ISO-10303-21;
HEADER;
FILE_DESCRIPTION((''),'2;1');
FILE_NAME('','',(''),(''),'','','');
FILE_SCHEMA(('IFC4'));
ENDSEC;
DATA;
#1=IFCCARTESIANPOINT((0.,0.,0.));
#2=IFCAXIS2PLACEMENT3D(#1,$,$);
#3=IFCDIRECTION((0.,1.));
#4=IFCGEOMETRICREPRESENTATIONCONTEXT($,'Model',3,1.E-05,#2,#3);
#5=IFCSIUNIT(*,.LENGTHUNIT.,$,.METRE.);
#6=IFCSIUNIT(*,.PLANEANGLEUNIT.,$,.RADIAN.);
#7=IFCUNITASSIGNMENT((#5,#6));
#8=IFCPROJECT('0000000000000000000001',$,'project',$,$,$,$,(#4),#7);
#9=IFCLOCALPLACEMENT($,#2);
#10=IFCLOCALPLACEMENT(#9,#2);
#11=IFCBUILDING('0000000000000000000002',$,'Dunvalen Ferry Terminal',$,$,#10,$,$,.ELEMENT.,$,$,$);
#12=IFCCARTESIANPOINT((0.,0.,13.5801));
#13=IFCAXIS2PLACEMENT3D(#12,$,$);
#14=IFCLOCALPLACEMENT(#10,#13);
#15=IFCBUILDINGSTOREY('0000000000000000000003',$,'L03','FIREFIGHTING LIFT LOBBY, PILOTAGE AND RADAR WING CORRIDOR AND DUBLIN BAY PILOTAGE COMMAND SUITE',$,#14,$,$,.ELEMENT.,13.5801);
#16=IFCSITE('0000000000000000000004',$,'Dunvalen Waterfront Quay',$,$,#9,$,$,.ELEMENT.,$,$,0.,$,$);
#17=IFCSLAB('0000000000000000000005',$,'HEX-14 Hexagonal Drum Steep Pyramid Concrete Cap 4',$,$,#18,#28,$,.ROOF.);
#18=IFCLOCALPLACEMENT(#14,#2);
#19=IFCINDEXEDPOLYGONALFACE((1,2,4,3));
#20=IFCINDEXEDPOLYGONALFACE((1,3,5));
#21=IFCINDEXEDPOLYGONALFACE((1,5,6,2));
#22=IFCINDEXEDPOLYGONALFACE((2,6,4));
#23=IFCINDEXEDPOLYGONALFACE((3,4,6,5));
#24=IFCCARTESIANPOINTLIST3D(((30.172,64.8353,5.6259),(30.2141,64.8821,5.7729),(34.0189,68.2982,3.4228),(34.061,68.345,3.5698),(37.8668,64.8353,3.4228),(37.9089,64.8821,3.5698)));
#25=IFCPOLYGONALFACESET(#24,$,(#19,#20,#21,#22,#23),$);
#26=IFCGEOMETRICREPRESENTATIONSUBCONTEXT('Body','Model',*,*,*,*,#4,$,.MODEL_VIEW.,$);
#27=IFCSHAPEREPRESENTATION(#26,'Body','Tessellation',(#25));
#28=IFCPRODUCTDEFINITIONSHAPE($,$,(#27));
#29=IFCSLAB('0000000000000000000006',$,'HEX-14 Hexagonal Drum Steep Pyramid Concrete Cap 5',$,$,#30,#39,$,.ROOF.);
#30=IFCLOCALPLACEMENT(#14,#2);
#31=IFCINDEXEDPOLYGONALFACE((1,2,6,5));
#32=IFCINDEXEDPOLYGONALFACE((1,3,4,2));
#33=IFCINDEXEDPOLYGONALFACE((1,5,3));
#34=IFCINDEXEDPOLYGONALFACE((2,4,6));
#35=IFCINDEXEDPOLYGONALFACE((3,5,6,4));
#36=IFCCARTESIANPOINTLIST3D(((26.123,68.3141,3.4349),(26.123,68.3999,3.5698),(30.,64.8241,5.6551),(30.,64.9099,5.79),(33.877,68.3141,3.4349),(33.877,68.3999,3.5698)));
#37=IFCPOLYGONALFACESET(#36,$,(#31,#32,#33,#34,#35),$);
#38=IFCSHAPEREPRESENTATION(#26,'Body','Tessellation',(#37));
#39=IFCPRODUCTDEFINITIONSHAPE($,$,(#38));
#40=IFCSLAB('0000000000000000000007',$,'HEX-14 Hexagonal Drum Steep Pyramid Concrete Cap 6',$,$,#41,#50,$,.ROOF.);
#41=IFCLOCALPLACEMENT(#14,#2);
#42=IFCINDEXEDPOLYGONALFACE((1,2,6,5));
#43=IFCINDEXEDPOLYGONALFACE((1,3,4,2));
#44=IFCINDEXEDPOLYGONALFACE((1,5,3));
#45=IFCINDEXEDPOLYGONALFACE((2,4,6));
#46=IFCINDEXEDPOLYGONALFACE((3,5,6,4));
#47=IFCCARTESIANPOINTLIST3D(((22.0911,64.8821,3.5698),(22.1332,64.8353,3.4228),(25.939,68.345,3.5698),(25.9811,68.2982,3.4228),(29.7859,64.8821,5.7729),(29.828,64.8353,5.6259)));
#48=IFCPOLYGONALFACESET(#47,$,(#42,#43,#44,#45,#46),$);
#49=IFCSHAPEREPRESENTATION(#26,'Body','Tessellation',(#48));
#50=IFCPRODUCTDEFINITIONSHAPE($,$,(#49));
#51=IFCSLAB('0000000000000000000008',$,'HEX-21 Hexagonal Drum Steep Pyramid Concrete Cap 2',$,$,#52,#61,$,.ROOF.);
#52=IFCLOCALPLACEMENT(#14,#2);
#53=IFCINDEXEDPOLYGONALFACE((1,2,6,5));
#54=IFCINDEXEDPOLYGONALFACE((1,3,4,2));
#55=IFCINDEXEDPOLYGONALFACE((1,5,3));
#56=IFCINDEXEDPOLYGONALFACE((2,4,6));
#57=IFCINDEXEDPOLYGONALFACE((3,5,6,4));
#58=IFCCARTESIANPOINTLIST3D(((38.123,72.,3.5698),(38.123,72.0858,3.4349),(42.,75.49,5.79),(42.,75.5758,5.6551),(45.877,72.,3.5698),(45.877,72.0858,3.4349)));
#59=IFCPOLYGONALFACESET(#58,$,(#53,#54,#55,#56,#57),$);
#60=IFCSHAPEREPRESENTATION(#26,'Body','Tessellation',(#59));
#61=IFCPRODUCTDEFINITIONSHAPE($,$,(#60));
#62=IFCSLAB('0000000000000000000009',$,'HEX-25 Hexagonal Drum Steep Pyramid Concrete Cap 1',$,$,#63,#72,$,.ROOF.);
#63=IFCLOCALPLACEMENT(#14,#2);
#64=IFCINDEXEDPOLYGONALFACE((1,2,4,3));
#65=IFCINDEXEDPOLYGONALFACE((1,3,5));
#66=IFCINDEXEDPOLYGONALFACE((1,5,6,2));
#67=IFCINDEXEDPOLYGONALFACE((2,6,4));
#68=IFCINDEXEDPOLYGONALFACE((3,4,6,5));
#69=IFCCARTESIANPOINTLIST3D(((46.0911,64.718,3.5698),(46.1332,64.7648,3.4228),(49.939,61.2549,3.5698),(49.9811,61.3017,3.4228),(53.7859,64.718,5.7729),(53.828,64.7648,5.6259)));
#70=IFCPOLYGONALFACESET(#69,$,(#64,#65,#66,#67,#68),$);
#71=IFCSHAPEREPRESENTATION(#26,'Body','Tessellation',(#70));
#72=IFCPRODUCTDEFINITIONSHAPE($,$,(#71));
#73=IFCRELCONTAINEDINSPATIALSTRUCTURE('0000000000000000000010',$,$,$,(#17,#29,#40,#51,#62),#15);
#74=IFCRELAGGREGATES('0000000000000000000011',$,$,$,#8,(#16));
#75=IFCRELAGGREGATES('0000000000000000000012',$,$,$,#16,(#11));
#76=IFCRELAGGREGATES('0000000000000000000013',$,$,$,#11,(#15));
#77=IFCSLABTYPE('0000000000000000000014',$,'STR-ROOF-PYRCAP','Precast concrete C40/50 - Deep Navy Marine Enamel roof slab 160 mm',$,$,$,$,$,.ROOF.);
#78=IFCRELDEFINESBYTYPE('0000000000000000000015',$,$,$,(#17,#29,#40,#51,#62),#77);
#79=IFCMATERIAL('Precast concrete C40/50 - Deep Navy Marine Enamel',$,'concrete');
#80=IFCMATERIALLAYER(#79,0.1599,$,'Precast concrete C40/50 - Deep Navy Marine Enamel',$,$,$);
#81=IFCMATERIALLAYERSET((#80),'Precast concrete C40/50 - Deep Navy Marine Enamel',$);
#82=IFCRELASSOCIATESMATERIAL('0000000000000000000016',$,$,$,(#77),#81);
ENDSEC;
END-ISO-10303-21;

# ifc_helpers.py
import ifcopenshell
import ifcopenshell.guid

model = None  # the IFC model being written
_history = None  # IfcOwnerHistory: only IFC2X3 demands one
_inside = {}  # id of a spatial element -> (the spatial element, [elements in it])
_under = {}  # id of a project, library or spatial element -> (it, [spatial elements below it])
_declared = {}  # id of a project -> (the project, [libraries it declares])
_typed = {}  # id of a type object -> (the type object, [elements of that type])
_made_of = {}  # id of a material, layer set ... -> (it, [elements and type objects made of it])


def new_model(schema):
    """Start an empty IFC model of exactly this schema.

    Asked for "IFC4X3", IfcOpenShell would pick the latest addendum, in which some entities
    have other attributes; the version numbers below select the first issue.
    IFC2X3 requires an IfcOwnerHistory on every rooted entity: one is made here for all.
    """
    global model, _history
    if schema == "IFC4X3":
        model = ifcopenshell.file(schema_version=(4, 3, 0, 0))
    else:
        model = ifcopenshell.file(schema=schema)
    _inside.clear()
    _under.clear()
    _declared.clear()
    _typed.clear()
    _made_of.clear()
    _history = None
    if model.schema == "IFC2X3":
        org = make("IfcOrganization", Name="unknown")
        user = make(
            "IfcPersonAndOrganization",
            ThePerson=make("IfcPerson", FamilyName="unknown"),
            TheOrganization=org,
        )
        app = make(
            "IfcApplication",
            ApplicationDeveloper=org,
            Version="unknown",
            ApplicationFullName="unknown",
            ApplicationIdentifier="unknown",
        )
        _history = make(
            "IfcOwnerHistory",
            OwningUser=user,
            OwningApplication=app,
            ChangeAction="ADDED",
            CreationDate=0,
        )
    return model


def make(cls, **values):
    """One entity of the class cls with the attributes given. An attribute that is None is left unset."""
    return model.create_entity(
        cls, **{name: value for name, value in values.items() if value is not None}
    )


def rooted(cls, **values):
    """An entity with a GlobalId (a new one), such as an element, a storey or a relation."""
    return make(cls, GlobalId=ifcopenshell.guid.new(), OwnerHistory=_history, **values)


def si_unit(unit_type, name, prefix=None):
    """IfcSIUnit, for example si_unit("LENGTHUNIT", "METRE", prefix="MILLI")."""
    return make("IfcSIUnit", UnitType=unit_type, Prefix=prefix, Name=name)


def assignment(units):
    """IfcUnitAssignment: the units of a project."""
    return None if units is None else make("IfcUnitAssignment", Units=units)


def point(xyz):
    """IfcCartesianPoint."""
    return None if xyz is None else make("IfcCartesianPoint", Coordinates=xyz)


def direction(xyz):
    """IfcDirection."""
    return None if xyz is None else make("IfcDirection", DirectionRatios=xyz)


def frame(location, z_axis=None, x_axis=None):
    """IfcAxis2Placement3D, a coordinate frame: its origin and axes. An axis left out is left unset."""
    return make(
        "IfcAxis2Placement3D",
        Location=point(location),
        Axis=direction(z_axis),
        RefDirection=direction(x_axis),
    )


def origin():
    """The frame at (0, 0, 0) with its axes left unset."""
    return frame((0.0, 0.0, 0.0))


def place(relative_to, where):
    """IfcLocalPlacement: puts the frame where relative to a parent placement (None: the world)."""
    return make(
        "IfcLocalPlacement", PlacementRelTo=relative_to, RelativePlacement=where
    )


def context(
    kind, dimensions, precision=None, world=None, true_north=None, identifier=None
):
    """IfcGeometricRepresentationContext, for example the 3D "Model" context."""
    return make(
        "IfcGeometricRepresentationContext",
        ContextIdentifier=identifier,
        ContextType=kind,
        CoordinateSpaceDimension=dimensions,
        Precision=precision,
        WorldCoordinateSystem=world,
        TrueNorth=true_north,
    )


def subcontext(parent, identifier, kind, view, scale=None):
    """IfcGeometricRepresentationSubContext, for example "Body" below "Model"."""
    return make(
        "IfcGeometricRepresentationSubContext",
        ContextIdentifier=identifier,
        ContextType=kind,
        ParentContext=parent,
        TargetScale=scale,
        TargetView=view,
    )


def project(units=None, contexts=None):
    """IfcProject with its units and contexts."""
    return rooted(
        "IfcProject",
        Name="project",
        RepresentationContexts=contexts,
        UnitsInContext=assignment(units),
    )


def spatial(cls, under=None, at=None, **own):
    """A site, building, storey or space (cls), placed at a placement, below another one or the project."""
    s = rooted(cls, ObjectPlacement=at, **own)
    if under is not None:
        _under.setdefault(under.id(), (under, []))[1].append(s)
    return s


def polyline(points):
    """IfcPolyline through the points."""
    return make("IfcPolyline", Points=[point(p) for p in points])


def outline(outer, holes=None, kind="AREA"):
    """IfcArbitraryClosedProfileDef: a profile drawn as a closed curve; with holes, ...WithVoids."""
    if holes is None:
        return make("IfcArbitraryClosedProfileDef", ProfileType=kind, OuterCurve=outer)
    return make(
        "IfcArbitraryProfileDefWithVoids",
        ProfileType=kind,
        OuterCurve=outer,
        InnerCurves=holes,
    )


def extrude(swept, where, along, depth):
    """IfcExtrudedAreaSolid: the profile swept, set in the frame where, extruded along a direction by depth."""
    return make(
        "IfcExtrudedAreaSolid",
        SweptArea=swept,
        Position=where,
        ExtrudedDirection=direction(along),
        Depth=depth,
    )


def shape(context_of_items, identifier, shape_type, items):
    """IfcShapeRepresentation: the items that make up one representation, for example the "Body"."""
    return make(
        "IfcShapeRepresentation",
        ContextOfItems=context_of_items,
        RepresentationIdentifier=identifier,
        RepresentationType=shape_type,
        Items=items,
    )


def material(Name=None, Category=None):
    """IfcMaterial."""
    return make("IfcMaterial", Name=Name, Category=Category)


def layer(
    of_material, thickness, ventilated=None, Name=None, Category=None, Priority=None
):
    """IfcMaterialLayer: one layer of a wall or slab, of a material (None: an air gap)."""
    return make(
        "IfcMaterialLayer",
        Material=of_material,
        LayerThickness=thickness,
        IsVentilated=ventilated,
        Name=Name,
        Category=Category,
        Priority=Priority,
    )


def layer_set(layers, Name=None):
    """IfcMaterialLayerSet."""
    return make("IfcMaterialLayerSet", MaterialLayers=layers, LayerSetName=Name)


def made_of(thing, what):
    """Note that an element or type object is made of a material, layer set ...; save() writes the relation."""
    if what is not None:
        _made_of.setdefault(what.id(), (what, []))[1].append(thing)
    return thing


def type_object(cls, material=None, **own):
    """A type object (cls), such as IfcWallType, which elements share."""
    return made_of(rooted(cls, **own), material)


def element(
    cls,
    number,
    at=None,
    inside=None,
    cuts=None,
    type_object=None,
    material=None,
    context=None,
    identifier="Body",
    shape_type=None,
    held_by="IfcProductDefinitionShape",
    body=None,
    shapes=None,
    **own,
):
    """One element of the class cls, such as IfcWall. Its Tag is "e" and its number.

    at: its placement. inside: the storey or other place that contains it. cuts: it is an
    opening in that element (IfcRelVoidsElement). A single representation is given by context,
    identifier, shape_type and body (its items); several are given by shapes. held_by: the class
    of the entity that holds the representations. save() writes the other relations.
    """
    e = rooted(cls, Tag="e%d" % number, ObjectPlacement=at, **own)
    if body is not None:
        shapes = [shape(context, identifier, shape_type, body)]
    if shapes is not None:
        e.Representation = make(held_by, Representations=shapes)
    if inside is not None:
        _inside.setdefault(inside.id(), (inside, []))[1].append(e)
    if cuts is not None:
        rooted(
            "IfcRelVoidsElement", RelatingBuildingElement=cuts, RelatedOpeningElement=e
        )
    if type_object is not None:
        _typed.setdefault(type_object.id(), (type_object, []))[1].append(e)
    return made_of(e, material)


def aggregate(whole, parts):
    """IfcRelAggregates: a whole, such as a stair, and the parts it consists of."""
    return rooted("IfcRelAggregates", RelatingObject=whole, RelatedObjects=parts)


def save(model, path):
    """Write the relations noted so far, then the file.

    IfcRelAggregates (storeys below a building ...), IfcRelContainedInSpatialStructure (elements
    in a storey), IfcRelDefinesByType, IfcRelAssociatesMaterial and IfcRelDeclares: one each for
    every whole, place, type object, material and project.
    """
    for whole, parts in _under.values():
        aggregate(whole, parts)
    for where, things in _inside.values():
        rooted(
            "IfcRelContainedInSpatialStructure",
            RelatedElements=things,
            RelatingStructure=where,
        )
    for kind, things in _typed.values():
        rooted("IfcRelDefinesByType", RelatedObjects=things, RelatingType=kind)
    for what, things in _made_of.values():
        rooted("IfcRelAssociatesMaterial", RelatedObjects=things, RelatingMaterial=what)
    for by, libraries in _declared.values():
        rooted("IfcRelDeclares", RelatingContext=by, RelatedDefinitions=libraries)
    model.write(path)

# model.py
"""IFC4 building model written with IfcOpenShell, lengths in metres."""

from ifc_helpers import new_model, si_unit, direction, frame, origin, place, context, subcontext, project, spatial, polyline, outline, extrude, material, layer, layer_set, type_object, element, save


model = new_model("IFC4")

# Units and contexts
model_context = context("Model", 3, precision=1e-05, world=origin(), true_north=direction((0.0, 1.0)))
body_context = subcontext(model_context, "Body", "Model", "MODEL_VIEW")
ifc_project = project(units=[si_unit("LENGTHUNIT", "METRE"), si_unit("PLANEANGLEUNIT", "RADIAN")], contexts=[model_context])

# Site, building, storey
site_placement = place(None, origin())
site = spatial("IfcSite", under=ifc_project, at=site_placement, Name="Dunvalen Waterfront Quay", CompositionType="ELEMENT", RefElevation=0.0)
building_placement = place(site_placement, origin())
building = spatial("IfcBuilding", under=site, at=building_placement, Name="Dunvalen Ferry Terminal", CompositionType="ELEMENT")
storey_placement = place(building_placement, frame((0.0, 0.0, 13.5801)))
storey = spatial("IfcBuildingStorey", under=building, at=storey_placement, Name="L03", Description="FIREFIGHTING LIFT LOBBY, PILOTAGE AND RADAR WING CORRIDOR AND DUBLIN BAY PILOTAGE COMMAND SUITE", CompositionType="ELEMENT", Elevation=13.5801)

# Slabs
ifc_material_1 = material(Name="Precast concrete C40/50 - Deep Navy Marine Enamel", Category="concrete")
ifc_layer = layer(ifc_material_1, 0.1599, Name="Precast concrete C40/50 - Deep Navy Marine Enamel")
ifc_layer_set = layer_set([ifc_layer], Name="Precast concrete C40/50 - Deep Navy Marine Enamel")
slab_type = type_object("IfcSlabType", Name="STR-ROOF-PYRCAP", Description="Precast concrete C40/50 - Deep Navy Marine Enamel roof slab 160 mm", PredefinedType="ROOF", material=ifc_layer_set)
slab_1_placement = place(storey_placement, frame((37.9089, 64.8821, 3.5698), z_axis=(0.263216, 0.292481, 0.919332), x_axis=(-0.743315, 0.668941, 0.0)))
element("IfcSlab", 1, at=slab_1_placement, inside=storey, type_object=slab_type, Name="HEX-14 Hexagonal Drum Steep Pyramid Concrete Cap 4", PredefinedType="ROOF", context=body_context, shape_type="SweptSolid", body=[
    extrude(outline(polyline([(0.0, 0.0), (5.1767, 0.0), (5.7197, 5.599), (0.0, 0.0)])), origin(), (0.0, 0.0, -1.0), 0.1599),
])
slab_2_placement = place(storey_placement, frame((33.877, 68.3999, 3.5698), z_axis=(0.0, 0.536757, 0.843737), x_axis=(-1.0, 0.0, 0.0)))
element("IfcSlab", 2, at=slab_2_placement, inside=storey, type_object=slab_type, Name="HEX-14 Hexagonal Drum Steep Pyramid Concrete Cap 5", PredefinedType="ROOF", context=body_context, shape_type="SweptSolid", body=[
    extrude(outline(polyline([(0.0, 0.0), (7.7539, 0.0), (3.877, 4.1363), (0.0, 0.0)])), origin(), (0.0, 0.0, -1.0), 0.1599),
])
slab_3_placement = place(storey_placement, frame((25.939, 68.345, 3.5698), z_axis=(-0.263216, 0.292481, 0.919332), x_axis=(-0.743315, -0.668941, 0.0)))
element("IfcSlab", 3, at=slab_3_placement, inside=storey, type_object=slab_type, Name="HEX-14 Hexagonal Drum Steep Pyramid Concrete Cap 6", PredefinedType="ROOF", context=body_context, shape_type="SweptSolid", body=[
    extrude(outline(polyline([(0.0, 0.0), (5.1767, 0.0), (-0.543, 5.599), (0.0, 0.0)])), origin(), (0.0, 0.0, -1.0), 0.1599),
])
slab_4_placement = place(storey_placement, frame((38.123, 72.0, 3.5698), z_axis=(0.0, -0.536757, 0.843737), x_axis=(1.0, 0.0, 0.0)))
element("IfcSlab", 4, at=slab_4_placement, inside=storey, type_object=slab_type, Name="HEX-21 Hexagonal Drum Steep Pyramid Concrete Cap 2", PredefinedType="ROOF", context=body_context, shape_type="SweptSolid", body=[
    extrude(outline(polyline([(0.0, 0.0), (7.7539, 0.0), (3.877, 4.1363), (0.0, 0.0)])), origin(), (0.0, 0.0, -1.0), 0.1599),
])
slab_5_placement = place(storey_placement, frame((46.0911, 64.718, 3.5698), z_axis=(-0.263218, -0.292462, 0.919338), x_axis=(0.743292, -0.668967, 0.0)))
element("IfcSlab", 5, at=slab_5_placement, inside=storey, type_object=slab_type, Name="HEX-25 Hexagonal Drum Steep Pyramid Concrete Cap 1", PredefinedType="ROOF", context=body_context, shape_type="SweptSolid", body=[
    extrude(outline(polyline([(0.0, 0.0), (5.1768, 0.0), (5.7195, 5.5992), (0.0, 0.0)])), origin(), (0.0, 0.0, -1.0), 0.1599),
])

save(model, "model.ifc")
